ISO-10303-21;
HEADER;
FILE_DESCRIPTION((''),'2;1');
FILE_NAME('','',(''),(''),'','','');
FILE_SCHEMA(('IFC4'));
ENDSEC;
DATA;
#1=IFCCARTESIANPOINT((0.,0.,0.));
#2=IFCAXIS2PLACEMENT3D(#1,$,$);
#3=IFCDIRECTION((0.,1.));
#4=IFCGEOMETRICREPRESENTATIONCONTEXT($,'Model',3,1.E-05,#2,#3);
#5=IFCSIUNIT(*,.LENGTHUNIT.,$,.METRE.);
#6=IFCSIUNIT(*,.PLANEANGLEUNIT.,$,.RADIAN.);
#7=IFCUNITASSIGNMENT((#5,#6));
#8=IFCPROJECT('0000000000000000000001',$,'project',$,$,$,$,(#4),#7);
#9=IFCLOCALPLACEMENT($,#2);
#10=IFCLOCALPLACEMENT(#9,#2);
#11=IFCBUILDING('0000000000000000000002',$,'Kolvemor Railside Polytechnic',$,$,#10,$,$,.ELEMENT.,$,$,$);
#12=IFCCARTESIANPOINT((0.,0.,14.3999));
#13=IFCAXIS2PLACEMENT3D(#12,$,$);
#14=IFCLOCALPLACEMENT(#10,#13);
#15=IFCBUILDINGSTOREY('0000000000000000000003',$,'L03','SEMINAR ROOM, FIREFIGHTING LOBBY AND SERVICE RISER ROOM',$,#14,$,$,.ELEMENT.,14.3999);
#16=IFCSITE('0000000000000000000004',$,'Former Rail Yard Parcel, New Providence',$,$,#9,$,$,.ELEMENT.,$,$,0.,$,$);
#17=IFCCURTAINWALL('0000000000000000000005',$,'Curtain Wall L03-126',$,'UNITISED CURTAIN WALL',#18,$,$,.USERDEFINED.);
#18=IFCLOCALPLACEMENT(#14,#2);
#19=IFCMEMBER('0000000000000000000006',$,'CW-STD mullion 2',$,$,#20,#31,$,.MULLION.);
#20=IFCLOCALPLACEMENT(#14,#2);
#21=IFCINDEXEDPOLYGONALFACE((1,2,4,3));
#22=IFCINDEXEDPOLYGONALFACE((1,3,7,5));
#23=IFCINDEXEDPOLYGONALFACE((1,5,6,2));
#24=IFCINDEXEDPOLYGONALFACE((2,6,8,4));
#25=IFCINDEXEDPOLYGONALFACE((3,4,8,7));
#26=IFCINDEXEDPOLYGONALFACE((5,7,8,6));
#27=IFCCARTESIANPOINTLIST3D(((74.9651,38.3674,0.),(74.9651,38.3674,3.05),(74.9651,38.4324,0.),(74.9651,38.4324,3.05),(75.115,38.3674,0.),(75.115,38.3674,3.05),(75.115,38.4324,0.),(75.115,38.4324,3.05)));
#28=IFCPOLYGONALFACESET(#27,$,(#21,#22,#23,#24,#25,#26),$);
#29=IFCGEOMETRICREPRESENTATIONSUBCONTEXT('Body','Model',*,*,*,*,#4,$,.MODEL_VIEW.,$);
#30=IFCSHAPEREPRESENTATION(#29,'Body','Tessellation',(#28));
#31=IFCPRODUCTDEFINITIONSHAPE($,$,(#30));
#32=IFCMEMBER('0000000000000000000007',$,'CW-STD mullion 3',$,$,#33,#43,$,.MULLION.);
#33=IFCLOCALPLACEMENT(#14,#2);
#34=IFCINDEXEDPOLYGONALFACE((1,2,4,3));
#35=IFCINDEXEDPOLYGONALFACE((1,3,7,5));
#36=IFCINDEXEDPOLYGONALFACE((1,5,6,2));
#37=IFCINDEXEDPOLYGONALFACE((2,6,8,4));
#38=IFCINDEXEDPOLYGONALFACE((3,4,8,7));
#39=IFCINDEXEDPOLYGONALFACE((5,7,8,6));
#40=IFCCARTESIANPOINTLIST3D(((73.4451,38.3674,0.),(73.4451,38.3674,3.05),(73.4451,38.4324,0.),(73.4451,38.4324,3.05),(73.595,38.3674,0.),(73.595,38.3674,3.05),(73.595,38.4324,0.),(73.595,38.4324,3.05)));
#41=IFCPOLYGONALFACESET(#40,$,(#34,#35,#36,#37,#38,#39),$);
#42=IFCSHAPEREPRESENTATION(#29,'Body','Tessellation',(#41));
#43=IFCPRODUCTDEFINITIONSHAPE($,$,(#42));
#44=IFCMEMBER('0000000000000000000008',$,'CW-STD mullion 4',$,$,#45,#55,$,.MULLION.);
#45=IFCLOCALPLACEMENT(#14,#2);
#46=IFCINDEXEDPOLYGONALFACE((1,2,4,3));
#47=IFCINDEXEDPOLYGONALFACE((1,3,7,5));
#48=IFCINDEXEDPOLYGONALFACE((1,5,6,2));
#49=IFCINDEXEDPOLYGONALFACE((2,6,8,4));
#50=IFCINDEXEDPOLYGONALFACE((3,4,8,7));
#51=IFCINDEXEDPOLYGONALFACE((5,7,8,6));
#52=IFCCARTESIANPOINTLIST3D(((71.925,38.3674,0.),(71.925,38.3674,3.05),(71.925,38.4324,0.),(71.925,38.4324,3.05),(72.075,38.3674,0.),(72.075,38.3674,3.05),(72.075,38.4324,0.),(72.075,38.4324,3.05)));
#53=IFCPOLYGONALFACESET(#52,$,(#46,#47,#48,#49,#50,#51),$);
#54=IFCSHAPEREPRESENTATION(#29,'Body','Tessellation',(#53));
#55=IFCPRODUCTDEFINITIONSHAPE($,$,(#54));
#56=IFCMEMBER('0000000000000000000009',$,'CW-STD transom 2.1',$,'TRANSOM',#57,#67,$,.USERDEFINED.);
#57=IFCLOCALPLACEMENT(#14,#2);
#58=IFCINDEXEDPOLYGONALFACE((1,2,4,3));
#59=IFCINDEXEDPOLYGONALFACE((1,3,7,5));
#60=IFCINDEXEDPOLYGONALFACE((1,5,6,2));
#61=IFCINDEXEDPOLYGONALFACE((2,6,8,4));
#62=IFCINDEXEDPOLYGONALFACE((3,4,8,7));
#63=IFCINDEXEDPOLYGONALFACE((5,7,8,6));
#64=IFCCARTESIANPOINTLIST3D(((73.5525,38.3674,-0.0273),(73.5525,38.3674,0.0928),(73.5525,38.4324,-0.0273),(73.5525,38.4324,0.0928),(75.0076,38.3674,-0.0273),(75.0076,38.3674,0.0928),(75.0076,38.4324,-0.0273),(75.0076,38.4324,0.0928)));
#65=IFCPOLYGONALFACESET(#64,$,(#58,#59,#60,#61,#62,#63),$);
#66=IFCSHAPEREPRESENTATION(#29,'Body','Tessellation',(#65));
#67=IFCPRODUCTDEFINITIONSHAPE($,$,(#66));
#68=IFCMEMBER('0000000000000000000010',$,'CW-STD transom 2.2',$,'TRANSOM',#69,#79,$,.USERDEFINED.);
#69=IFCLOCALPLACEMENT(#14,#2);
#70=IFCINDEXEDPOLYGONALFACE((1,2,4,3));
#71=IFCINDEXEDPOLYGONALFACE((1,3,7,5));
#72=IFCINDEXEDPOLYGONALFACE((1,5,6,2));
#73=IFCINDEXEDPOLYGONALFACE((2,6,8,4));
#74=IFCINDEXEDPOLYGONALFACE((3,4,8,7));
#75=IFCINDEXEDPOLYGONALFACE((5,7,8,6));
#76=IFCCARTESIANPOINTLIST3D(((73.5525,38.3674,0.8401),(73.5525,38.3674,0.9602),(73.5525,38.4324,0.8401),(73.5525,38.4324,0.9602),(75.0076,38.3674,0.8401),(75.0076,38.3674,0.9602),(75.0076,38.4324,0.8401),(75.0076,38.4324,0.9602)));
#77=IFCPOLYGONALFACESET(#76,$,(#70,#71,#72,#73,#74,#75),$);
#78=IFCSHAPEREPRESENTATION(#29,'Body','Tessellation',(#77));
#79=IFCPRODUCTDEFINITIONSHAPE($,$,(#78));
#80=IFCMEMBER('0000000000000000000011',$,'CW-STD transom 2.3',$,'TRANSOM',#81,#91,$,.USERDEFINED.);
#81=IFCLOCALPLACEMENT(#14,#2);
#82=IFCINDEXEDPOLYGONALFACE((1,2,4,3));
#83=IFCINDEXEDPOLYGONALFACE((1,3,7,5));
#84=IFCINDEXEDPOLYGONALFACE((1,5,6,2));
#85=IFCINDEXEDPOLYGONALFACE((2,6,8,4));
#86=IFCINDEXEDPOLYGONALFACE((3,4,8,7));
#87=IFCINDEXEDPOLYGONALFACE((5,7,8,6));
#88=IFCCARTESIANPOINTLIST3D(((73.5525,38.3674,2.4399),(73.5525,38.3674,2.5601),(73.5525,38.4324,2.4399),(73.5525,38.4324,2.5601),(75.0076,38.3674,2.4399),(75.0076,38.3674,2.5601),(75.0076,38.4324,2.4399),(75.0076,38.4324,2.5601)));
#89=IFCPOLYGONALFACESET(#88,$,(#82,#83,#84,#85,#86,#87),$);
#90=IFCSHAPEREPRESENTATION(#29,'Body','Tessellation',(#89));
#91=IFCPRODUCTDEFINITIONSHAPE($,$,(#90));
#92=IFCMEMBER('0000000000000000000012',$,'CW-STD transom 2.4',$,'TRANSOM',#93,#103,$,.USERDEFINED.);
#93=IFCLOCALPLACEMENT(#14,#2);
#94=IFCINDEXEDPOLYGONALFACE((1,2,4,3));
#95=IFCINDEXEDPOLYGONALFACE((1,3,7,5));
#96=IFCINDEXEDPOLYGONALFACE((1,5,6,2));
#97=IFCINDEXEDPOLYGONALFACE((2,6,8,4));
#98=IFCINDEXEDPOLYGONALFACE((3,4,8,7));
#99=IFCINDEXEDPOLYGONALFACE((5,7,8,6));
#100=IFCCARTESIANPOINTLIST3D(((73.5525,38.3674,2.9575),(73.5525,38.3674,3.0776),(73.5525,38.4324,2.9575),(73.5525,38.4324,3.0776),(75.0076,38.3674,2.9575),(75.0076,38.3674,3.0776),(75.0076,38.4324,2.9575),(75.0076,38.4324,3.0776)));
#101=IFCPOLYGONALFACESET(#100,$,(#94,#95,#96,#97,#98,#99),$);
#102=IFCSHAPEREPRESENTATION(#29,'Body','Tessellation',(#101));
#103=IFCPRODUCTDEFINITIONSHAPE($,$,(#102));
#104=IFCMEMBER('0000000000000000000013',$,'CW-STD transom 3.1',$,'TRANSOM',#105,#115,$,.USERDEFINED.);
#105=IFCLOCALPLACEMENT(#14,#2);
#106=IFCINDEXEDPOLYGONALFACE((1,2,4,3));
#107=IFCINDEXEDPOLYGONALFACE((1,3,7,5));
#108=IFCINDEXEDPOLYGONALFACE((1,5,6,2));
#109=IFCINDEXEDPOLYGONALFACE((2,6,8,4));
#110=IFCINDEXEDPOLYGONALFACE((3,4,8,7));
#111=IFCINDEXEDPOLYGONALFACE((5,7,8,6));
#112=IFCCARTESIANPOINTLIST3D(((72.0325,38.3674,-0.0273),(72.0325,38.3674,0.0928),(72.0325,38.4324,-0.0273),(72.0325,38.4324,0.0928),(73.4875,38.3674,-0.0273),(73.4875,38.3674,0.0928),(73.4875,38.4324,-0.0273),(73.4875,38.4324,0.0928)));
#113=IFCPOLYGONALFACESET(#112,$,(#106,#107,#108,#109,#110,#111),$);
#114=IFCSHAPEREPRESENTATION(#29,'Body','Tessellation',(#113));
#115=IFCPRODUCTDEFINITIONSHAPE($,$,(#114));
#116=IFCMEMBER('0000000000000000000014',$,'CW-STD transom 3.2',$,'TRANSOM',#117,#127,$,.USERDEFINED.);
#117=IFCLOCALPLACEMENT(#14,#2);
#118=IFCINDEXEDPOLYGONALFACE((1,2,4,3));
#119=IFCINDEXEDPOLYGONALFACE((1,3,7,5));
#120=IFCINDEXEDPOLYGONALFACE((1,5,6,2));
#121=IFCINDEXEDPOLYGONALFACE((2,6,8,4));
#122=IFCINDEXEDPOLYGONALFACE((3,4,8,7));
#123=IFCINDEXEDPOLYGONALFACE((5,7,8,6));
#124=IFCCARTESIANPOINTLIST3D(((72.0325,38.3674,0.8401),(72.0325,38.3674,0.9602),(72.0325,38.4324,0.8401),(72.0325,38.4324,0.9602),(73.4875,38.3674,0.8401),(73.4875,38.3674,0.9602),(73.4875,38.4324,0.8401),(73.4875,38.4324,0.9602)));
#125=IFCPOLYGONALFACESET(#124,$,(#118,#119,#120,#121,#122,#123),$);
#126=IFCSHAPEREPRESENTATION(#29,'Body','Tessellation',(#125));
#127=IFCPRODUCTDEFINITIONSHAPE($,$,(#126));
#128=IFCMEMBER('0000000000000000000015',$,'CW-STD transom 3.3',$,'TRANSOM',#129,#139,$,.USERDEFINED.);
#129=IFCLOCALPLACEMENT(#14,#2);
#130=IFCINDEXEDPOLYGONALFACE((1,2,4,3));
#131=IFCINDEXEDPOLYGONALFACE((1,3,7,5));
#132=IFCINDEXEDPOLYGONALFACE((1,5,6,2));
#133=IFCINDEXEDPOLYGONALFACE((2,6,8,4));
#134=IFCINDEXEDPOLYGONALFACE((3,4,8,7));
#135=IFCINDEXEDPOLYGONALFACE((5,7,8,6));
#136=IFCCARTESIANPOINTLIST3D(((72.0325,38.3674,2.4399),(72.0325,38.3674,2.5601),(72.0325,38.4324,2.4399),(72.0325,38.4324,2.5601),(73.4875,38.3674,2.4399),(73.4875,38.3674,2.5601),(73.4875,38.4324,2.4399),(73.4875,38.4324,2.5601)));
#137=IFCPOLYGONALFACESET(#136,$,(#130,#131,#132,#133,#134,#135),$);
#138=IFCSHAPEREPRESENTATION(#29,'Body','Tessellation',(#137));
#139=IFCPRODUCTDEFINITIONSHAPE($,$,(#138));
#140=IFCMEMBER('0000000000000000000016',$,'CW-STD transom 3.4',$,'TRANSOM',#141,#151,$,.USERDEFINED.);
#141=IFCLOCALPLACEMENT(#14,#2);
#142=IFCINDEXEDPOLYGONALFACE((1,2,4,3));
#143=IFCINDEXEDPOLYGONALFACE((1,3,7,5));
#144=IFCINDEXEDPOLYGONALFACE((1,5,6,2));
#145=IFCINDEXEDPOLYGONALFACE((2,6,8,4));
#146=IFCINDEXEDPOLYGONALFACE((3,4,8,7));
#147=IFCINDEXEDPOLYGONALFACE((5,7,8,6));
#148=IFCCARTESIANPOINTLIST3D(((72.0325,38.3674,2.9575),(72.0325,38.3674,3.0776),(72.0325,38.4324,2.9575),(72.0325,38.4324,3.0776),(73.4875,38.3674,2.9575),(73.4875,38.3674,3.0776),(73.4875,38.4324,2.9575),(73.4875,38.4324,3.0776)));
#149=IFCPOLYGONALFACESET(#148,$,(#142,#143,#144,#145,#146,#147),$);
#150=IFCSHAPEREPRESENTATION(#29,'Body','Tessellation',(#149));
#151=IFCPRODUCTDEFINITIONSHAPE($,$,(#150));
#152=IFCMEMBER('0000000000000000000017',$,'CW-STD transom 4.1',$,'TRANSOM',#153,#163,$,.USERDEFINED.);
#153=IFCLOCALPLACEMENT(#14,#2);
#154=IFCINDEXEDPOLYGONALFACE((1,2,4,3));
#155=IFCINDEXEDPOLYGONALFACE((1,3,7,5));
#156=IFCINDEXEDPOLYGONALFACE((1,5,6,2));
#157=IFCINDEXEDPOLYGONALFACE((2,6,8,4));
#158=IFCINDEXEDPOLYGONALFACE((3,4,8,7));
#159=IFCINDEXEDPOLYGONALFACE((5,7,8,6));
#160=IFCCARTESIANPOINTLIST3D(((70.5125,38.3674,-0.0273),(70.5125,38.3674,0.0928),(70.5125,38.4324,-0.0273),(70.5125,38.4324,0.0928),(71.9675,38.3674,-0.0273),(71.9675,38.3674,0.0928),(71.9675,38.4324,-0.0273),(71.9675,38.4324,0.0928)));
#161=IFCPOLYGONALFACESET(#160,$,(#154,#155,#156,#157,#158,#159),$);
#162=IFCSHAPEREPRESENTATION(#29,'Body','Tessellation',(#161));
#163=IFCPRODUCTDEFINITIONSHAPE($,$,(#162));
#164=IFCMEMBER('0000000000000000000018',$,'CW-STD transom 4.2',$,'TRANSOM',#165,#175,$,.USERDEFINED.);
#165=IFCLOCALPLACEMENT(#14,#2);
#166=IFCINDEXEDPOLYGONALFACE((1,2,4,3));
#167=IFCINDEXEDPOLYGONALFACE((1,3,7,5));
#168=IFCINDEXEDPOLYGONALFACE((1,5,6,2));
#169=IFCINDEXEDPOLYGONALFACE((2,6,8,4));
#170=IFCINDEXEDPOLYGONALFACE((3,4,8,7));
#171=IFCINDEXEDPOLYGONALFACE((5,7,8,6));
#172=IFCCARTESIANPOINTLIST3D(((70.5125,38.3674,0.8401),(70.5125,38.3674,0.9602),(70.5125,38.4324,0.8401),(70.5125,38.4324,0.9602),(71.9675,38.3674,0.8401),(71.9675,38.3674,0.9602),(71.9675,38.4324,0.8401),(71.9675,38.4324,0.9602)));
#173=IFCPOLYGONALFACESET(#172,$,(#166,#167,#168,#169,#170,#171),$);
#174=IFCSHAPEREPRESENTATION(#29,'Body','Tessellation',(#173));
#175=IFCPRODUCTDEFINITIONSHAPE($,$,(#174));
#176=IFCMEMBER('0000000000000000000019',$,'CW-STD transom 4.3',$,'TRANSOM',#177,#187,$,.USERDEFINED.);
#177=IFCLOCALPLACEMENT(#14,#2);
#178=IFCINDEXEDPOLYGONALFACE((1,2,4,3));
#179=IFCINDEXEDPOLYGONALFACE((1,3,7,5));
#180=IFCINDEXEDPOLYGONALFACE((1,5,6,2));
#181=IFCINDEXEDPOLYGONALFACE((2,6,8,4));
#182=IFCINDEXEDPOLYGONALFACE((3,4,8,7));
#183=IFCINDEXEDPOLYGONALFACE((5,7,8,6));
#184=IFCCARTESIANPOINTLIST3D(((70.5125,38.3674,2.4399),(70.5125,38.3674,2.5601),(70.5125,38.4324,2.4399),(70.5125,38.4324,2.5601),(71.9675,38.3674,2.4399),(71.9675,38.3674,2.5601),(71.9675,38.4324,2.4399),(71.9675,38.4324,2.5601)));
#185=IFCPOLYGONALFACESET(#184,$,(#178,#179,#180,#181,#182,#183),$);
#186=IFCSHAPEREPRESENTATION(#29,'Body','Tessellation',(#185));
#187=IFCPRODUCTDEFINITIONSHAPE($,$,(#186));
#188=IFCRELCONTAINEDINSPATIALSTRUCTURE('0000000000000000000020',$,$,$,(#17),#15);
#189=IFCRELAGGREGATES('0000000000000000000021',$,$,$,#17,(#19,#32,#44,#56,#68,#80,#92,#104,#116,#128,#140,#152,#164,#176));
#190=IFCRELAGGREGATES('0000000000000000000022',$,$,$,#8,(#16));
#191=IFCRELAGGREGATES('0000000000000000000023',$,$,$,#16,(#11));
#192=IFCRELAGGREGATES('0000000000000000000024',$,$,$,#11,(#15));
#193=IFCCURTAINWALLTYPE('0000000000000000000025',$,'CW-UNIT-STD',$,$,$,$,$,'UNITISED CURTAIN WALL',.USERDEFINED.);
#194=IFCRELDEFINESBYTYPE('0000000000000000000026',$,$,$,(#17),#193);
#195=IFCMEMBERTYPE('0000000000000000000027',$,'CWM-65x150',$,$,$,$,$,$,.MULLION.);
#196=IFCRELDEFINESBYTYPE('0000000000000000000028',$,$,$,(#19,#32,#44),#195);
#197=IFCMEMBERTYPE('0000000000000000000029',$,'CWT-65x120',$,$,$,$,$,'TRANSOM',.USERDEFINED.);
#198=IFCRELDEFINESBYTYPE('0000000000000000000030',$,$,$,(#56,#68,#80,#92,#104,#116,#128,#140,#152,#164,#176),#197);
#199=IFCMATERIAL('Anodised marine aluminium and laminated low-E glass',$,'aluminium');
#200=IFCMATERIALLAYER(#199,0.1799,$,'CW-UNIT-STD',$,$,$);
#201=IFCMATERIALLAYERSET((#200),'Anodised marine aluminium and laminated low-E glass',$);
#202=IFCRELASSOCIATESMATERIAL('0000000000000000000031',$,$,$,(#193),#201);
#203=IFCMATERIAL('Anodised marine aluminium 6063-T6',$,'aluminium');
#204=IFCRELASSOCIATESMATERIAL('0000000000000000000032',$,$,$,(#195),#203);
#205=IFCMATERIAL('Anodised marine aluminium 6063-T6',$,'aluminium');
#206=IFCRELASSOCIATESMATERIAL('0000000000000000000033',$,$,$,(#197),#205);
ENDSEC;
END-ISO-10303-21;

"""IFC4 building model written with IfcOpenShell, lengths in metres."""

from ifc_helpers import new_model, si_unit, direction, frame, origin, origin_2d, place, context, subcontext, project, spatial, rectangle, extrude, material, layer, layer_set, material_profile, profile_set, type_object, element, aggregate, save


model = new_model("IFC4")

# Units and contexts
model_context = context("Model", 3, precision=1e-05, world=origin(), true_north=direction((0.0, 1.0)))
body_context = subcontext(model_context, "Body", "Model", "MODEL_VIEW")
ifc_project = project(units=[si_unit("LENGTHUNIT", "METRE"), si_unit("PLANEANGLEUNIT", "RADIAN")], contexts=[model_context])

# Site, building, storey
site_placement = place(None, origin())
site = spatial("IfcSite", under=ifc_project, at=site_placement, Name="Former Rail Yard Parcel, New Providence", CompositionType="ELEMENT", RefElevation=0.0)
building_placement = place(site_placement, origin())
building = spatial("IfcBuilding", under=site, at=building_placement, Name="Kolvemor Railside Polytechnic", CompositionType="ELEMENT")
storey_placement = place(building_placement, frame((0.0, 0.0, 14.3999)))
storey = spatial("IfcBuildingStorey", under=building, at=storey_placement, Name="L03", Description="SEMINAR ROOM, FIREFIGHTING LOBBY AND SERVICE RISER ROOM", CompositionType="ELEMENT", Elevation=14.3999)

# Curtain wall, members
ifc_material_1 = material(Name="Anodised marine aluminium and laminated low-E glass", Category="aluminium")
ifc_layer_1 = layer(ifc_material_1, 0.1799, Name="CW-UNIT-STD")
ifc_layer_set_1 = layer_set([ifc_layer_1], Name="Anodised marine aluminium and laminated low-E glass")
curtain_wall_type = type_object("IfcCurtainWallType", Name="CW-UNIT-STD", ElementType="UNITISED CURTAIN WALL", PredefinedType="USERDEFINED", material=ifc_layer_set_1)
curtain_wall_placement = place(storey_placement, origin())
curtain_wall = element("IfcCurtainWall", 1, at=curtain_wall_placement, inside=storey, type_object=curtain_wall_type, Name="Curtain Wall L03-126", ObjectType="UNITISED CURTAIN WALL", PredefinedType="USERDEFINED")
ifc_material_2 = material(Name="Anodised marine aluminium 6063-T6", Category="aluminium")
ifc_material_profile_1 = material_profile(ifc_material_2, rectangle(XDim=0.0649, YDim=0.1499, at=origin_2d()), Name="CW-MUL-65x150")
ifc_profile_set_1 = profile_set([ifc_material_profile_1], Name="Anodised marine aluminium 6063-T6")
member_type_1 = type_object("IfcMemberType", Name="CWM-65x150", PredefinedType="MULLION", material=ifc_profile_set_1)
member_1_placement = place(storey_placement, frame((75.04, 38.3999, 0.0), z_axis=(0.0, 0.0, 1.0), x_axis=(0.0, -1.0, 0.0)))
member_1 = element("IfcMember", 2, at=member_1_placement, type_object=member_type_1, Name="CW-STD mullion 2", PredefinedType="MULLION", context=body_context, shape_type="SweptSolid", body=[
    extrude(rectangle(XDim=0.0649, YDim=0.1499, at=origin_2d()), origin(), (0.0, 0.0, 1.0), 3.05),
])
member_2_placement = place(storey_placement, frame((73.52, 38.3999, 0.0), z_axis=(0.0, 0.0, 1.0), x_axis=(0.0, -1.0, 0.0)))
member_2 = element("IfcMember", 3, at=member_2_placement, type_object=member_type_1, Name="CW-STD mullion 3", PredefinedType="MULLION", context=body_context, shape_type="SweptSolid", body=[
    extrude(rectangle(XDim=0.0649, YDim=0.1499, at=origin_2d()), origin(), (0.0, 0.0, 1.0), 3.05),
])
member_3_placement = place(storey_placement, frame((72.0, 38.3999, 0.0), z_axis=(0.0, 0.0, 1.0), x_axis=(0.0, -1.0, 0.0)))
member_3 = element("IfcMember", 4, at=member_3_placement, type_object=member_type_1, Name="CW-STD mullion 4", PredefinedType="MULLION", context=body_context, shape_type="SweptSolid", body=[
    extrude(rectangle(XDim=0.0649, YDim=0.1499, at=origin_2d()), origin(), (0.0, 0.0, 1.0), 3.05),
])
ifc_material_3 = material(Name="Anodised marine aluminium 6063-T6", Category="aluminium")
ifc_material_profile_2 = material_profile(ifc_material_3, rectangle(XDim=0.0649, YDim=0.1201, at=origin_2d()), Name="CW-TRN-65x120")
ifc_profile_set_2 = profile_set([ifc_material_profile_2], Name="Anodised marine aluminium 6063-T6")
member_type_2 = type_object("IfcMemberType", Name="CWT-65x120", ElementType="TRANSOM", PredefinedType="USERDEFINED", material=ifc_profile_set_2)
member_4_placement = place(storey_placement, frame((75.0076, 38.3999, 0.0327), z_axis=(-1.0, 0.0, 0.0), x_axis=(0.0, -1.0, 0.0)))
member_4 = element("IfcMember", 5, at=member_4_placement, type_object=member_type_2, Name="CW-STD transom 2.1", ObjectType="TRANSOM", PredefinedType="USERDEFINED", context=body_context, shape_type="SweptSolid", body=[
    extrude(rectangle(XDim=0.0649, YDim=0.1201, at=origin_2d()), origin(), (0.0, 0.0, 1.0), 1.4551),
])
member_5_placement = place(storey_placement, frame((75.0076, 38.3999, 0.9001), z_axis=(-1.0, 0.0, 0.0), x_axis=(0.0, -1.0, 0.0)))
member_5 = element("IfcMember", 6, at=member_5_placement, type_object=member_type_2, Name="CW-STD transom 2.2", ObjectType="TRANSOM", PredefinedType="USERDEFINED", context=body_context, shape_type="SweptSolid", body=[
    extrude(rectangle(XDim=0.0649, YDim=0.1201, at=origin_2d()), origin(), (0.0, 0.0, 1.0), 1.4551),
])
member_6_placement = place(storey_placement, frame((75.0076, 38.3999, 2.5), z_axis=(-1.0, 0.0, 0.0), x_axis=(0.0, -1.0, 0.0)))
member_6 = element("IfcMember", 7, at=member_6_placement, type_object=member_type_2, Name="CW-STD transom 2.3", ObjectType="TRANSOM", PredefinedType="USERDEFINED", context=body_context, shape_type="SweptSolid", body=[
    extrude(rectangle(XDim=0.0649, YDim=0.1201, at=origin_2d()), origin(), (0.0, 0.0, 1.0), 1.4551),
])
member_7_placement = place(storey_placement, frame((75.0076, 38.3999, 3.0176), z_axis=(-1.0, 0.0, 0.0), x_axis=(0.0, -1.0, 0.0)))
member_7 = element("IfcMember", 8, at=member_7_placement, type_object=member_type_2, Name="CW-STD transom 2.4", ObjectType="TRANSOM", PredefinedType="USERDEFINED", context=body_context, shape_type="SweptSolid", body=[
    extrude(rectangle(XDim=0.0649, YDim=0.1201, at=origin_2d()), origin(), (0.0, 0.0, 1.0), 1.4551),
])
member_8_placement = place(storey_placement, frame((73.4875, 38.3999, 0.0327), z_axis=(-1.0, 0.0, 0.0), x_axis=(0.0, -1.0, 0.0)))
member_8 = element("IfcMember", 9, at=member_8_placement, type_object=member_type_2, Name="CW-STD transom 3.1", ObjectType="TRANSOM", PredefinedType="USERDEFINED", context=body_context, shape_type="SweptSolid", body=[
    extrude(rectangle(XDim=0.0649, YDim=0.1201, at=origin_2d()), origin(), (0.0, 0.0, 1.0), 1.4551),
])
member_9_placement = place(storey_placement, frame((73.4875, 38.3999, 0.9001), z_axis=(-1.0, 0.0, 0.0), x_axis=(0.0, -1.0, 0.0)))
member_9 = element("IfcMember", 10, at=member_9_placement, type_object=member_type_2, Name="CW-STD transom 3.2", ObjectType="TRANSOM", PredefinedType="USERDEFINED", context=body_context, shape_type="SweptSolid", body=[
    extrude(rectangle(XDim=0.0649, YDim=0.1201, at=origin_2d()), origin(), (0.0, 0.0, 1.0), 1.4551),
])
member_10_placement = place(storey_placement, frame((73.4875, 38.3999, 2.5), z_axis=(-1.0, 0.0, 0.0), x_axis=(0.0, -1.0, 0.0)))
member_10 = element("IfcMember", 11, at=member_10_placement, type_object=member_type_2, Name="CW-STD transom 3.3", ObjectType="TRANSOM", PredefinedType="USERDEFINED", context=body_context, shape_type="SweptSolid", body=[
    extrude(rectangle(XDim=0.0649, YDim=0.1201, at=origin_2d()), origin(), (0.0, 0.0, 1.0), 1.4551),
])
member_11_placement = place(storey_placement, frame((73.4875, 38.3999, 3.0176), z_axis=(-1.0, 0.0, 0.0), x_axis=(0.0, -1.0, 0.0)))
member_11 = element("IfcMember", 12, at=member_11_placement, type_object=member_type_2, Name="CW-STD transom 3.4", ObjectType="TRANSOM", PredefinedType="USERDEFINED", context=body_context, shape_type="SweptSolid", body=[
    extrude(rectangle(XDim=0.0649, YDim=0.1201, at=origin_2d()), origin(), (0.0, 0.0, 1.0), 1.4551),
])
member_12_placement = place(storey_placement, frame((71.9675, 38.3999, 0.0327), z_axis=(-1.0, 0.0, 0.0), x_axis=(0.0, -1.0, 0.0)))
member_12 = element("IfcMember", 13, at=member_12_placement, type_object=member_type_2, Name="CW-STD transom 4.1", ObjectType="TRANSOM", PredefinedType="USERDEFINED", context=body_context, shape_type="SweptSolid", body=[
    extrude(rectangle(XDim=0.0649, YDim=0.1201, at=origin_2d()), origin(), (0.0, 0.0, 1.0), 1.4551),
])
member_13_placement = place(storey_placement, frame((71.9675, 38.3999, 0.9001), z_axis=(-1.0, 0.0, 0.0), x_axis=(0.0, -1.0, 0.0)))
member_13 = element("IfcMember", 14, at=member_13_placement, type_object=member_type_2, Name="CW-STD transom 4.2", ObjectType="TRANSOM", PredefinedType="USERDEFINED", context=body_context, shape_type="SweptSolid", body=[
    extrude(rectangle(XDim=0.0649, YDim=0.1201, at=origin_2d()), origin(), (0.0, 0.0, 1.0), 1.4551),
])
member_14_placement = place(storey_placement, frame((71.9675, 38.3999, 2.5), z_axis=(-1.0, 0.0, 0.0), x_axis=(0.0, -1.0, 0.0)))
member_14 = element("IfcMember", 15, at=member_14_placement, type_object=member_type_2, Name="CW-STD transom 4.3", ObjectType="TRANSOM", PredefinedType="USERDEFINED", context=body_context, shape_type="SweptSolid", body=[
    extrude(rectangle(XDim=0.0649, YDim=0.1201, at=origin_2d()), origin(), (0.0, 0.0, 1.0), 1.4551),
])
aggregate(curtain_wall, [member_1, member_2, member_3, member_4, member_5, member_6, member_7, member_8, member_9, member_10, member_11, member_12, member_13, member_14])

save(model, "model.ifc")
